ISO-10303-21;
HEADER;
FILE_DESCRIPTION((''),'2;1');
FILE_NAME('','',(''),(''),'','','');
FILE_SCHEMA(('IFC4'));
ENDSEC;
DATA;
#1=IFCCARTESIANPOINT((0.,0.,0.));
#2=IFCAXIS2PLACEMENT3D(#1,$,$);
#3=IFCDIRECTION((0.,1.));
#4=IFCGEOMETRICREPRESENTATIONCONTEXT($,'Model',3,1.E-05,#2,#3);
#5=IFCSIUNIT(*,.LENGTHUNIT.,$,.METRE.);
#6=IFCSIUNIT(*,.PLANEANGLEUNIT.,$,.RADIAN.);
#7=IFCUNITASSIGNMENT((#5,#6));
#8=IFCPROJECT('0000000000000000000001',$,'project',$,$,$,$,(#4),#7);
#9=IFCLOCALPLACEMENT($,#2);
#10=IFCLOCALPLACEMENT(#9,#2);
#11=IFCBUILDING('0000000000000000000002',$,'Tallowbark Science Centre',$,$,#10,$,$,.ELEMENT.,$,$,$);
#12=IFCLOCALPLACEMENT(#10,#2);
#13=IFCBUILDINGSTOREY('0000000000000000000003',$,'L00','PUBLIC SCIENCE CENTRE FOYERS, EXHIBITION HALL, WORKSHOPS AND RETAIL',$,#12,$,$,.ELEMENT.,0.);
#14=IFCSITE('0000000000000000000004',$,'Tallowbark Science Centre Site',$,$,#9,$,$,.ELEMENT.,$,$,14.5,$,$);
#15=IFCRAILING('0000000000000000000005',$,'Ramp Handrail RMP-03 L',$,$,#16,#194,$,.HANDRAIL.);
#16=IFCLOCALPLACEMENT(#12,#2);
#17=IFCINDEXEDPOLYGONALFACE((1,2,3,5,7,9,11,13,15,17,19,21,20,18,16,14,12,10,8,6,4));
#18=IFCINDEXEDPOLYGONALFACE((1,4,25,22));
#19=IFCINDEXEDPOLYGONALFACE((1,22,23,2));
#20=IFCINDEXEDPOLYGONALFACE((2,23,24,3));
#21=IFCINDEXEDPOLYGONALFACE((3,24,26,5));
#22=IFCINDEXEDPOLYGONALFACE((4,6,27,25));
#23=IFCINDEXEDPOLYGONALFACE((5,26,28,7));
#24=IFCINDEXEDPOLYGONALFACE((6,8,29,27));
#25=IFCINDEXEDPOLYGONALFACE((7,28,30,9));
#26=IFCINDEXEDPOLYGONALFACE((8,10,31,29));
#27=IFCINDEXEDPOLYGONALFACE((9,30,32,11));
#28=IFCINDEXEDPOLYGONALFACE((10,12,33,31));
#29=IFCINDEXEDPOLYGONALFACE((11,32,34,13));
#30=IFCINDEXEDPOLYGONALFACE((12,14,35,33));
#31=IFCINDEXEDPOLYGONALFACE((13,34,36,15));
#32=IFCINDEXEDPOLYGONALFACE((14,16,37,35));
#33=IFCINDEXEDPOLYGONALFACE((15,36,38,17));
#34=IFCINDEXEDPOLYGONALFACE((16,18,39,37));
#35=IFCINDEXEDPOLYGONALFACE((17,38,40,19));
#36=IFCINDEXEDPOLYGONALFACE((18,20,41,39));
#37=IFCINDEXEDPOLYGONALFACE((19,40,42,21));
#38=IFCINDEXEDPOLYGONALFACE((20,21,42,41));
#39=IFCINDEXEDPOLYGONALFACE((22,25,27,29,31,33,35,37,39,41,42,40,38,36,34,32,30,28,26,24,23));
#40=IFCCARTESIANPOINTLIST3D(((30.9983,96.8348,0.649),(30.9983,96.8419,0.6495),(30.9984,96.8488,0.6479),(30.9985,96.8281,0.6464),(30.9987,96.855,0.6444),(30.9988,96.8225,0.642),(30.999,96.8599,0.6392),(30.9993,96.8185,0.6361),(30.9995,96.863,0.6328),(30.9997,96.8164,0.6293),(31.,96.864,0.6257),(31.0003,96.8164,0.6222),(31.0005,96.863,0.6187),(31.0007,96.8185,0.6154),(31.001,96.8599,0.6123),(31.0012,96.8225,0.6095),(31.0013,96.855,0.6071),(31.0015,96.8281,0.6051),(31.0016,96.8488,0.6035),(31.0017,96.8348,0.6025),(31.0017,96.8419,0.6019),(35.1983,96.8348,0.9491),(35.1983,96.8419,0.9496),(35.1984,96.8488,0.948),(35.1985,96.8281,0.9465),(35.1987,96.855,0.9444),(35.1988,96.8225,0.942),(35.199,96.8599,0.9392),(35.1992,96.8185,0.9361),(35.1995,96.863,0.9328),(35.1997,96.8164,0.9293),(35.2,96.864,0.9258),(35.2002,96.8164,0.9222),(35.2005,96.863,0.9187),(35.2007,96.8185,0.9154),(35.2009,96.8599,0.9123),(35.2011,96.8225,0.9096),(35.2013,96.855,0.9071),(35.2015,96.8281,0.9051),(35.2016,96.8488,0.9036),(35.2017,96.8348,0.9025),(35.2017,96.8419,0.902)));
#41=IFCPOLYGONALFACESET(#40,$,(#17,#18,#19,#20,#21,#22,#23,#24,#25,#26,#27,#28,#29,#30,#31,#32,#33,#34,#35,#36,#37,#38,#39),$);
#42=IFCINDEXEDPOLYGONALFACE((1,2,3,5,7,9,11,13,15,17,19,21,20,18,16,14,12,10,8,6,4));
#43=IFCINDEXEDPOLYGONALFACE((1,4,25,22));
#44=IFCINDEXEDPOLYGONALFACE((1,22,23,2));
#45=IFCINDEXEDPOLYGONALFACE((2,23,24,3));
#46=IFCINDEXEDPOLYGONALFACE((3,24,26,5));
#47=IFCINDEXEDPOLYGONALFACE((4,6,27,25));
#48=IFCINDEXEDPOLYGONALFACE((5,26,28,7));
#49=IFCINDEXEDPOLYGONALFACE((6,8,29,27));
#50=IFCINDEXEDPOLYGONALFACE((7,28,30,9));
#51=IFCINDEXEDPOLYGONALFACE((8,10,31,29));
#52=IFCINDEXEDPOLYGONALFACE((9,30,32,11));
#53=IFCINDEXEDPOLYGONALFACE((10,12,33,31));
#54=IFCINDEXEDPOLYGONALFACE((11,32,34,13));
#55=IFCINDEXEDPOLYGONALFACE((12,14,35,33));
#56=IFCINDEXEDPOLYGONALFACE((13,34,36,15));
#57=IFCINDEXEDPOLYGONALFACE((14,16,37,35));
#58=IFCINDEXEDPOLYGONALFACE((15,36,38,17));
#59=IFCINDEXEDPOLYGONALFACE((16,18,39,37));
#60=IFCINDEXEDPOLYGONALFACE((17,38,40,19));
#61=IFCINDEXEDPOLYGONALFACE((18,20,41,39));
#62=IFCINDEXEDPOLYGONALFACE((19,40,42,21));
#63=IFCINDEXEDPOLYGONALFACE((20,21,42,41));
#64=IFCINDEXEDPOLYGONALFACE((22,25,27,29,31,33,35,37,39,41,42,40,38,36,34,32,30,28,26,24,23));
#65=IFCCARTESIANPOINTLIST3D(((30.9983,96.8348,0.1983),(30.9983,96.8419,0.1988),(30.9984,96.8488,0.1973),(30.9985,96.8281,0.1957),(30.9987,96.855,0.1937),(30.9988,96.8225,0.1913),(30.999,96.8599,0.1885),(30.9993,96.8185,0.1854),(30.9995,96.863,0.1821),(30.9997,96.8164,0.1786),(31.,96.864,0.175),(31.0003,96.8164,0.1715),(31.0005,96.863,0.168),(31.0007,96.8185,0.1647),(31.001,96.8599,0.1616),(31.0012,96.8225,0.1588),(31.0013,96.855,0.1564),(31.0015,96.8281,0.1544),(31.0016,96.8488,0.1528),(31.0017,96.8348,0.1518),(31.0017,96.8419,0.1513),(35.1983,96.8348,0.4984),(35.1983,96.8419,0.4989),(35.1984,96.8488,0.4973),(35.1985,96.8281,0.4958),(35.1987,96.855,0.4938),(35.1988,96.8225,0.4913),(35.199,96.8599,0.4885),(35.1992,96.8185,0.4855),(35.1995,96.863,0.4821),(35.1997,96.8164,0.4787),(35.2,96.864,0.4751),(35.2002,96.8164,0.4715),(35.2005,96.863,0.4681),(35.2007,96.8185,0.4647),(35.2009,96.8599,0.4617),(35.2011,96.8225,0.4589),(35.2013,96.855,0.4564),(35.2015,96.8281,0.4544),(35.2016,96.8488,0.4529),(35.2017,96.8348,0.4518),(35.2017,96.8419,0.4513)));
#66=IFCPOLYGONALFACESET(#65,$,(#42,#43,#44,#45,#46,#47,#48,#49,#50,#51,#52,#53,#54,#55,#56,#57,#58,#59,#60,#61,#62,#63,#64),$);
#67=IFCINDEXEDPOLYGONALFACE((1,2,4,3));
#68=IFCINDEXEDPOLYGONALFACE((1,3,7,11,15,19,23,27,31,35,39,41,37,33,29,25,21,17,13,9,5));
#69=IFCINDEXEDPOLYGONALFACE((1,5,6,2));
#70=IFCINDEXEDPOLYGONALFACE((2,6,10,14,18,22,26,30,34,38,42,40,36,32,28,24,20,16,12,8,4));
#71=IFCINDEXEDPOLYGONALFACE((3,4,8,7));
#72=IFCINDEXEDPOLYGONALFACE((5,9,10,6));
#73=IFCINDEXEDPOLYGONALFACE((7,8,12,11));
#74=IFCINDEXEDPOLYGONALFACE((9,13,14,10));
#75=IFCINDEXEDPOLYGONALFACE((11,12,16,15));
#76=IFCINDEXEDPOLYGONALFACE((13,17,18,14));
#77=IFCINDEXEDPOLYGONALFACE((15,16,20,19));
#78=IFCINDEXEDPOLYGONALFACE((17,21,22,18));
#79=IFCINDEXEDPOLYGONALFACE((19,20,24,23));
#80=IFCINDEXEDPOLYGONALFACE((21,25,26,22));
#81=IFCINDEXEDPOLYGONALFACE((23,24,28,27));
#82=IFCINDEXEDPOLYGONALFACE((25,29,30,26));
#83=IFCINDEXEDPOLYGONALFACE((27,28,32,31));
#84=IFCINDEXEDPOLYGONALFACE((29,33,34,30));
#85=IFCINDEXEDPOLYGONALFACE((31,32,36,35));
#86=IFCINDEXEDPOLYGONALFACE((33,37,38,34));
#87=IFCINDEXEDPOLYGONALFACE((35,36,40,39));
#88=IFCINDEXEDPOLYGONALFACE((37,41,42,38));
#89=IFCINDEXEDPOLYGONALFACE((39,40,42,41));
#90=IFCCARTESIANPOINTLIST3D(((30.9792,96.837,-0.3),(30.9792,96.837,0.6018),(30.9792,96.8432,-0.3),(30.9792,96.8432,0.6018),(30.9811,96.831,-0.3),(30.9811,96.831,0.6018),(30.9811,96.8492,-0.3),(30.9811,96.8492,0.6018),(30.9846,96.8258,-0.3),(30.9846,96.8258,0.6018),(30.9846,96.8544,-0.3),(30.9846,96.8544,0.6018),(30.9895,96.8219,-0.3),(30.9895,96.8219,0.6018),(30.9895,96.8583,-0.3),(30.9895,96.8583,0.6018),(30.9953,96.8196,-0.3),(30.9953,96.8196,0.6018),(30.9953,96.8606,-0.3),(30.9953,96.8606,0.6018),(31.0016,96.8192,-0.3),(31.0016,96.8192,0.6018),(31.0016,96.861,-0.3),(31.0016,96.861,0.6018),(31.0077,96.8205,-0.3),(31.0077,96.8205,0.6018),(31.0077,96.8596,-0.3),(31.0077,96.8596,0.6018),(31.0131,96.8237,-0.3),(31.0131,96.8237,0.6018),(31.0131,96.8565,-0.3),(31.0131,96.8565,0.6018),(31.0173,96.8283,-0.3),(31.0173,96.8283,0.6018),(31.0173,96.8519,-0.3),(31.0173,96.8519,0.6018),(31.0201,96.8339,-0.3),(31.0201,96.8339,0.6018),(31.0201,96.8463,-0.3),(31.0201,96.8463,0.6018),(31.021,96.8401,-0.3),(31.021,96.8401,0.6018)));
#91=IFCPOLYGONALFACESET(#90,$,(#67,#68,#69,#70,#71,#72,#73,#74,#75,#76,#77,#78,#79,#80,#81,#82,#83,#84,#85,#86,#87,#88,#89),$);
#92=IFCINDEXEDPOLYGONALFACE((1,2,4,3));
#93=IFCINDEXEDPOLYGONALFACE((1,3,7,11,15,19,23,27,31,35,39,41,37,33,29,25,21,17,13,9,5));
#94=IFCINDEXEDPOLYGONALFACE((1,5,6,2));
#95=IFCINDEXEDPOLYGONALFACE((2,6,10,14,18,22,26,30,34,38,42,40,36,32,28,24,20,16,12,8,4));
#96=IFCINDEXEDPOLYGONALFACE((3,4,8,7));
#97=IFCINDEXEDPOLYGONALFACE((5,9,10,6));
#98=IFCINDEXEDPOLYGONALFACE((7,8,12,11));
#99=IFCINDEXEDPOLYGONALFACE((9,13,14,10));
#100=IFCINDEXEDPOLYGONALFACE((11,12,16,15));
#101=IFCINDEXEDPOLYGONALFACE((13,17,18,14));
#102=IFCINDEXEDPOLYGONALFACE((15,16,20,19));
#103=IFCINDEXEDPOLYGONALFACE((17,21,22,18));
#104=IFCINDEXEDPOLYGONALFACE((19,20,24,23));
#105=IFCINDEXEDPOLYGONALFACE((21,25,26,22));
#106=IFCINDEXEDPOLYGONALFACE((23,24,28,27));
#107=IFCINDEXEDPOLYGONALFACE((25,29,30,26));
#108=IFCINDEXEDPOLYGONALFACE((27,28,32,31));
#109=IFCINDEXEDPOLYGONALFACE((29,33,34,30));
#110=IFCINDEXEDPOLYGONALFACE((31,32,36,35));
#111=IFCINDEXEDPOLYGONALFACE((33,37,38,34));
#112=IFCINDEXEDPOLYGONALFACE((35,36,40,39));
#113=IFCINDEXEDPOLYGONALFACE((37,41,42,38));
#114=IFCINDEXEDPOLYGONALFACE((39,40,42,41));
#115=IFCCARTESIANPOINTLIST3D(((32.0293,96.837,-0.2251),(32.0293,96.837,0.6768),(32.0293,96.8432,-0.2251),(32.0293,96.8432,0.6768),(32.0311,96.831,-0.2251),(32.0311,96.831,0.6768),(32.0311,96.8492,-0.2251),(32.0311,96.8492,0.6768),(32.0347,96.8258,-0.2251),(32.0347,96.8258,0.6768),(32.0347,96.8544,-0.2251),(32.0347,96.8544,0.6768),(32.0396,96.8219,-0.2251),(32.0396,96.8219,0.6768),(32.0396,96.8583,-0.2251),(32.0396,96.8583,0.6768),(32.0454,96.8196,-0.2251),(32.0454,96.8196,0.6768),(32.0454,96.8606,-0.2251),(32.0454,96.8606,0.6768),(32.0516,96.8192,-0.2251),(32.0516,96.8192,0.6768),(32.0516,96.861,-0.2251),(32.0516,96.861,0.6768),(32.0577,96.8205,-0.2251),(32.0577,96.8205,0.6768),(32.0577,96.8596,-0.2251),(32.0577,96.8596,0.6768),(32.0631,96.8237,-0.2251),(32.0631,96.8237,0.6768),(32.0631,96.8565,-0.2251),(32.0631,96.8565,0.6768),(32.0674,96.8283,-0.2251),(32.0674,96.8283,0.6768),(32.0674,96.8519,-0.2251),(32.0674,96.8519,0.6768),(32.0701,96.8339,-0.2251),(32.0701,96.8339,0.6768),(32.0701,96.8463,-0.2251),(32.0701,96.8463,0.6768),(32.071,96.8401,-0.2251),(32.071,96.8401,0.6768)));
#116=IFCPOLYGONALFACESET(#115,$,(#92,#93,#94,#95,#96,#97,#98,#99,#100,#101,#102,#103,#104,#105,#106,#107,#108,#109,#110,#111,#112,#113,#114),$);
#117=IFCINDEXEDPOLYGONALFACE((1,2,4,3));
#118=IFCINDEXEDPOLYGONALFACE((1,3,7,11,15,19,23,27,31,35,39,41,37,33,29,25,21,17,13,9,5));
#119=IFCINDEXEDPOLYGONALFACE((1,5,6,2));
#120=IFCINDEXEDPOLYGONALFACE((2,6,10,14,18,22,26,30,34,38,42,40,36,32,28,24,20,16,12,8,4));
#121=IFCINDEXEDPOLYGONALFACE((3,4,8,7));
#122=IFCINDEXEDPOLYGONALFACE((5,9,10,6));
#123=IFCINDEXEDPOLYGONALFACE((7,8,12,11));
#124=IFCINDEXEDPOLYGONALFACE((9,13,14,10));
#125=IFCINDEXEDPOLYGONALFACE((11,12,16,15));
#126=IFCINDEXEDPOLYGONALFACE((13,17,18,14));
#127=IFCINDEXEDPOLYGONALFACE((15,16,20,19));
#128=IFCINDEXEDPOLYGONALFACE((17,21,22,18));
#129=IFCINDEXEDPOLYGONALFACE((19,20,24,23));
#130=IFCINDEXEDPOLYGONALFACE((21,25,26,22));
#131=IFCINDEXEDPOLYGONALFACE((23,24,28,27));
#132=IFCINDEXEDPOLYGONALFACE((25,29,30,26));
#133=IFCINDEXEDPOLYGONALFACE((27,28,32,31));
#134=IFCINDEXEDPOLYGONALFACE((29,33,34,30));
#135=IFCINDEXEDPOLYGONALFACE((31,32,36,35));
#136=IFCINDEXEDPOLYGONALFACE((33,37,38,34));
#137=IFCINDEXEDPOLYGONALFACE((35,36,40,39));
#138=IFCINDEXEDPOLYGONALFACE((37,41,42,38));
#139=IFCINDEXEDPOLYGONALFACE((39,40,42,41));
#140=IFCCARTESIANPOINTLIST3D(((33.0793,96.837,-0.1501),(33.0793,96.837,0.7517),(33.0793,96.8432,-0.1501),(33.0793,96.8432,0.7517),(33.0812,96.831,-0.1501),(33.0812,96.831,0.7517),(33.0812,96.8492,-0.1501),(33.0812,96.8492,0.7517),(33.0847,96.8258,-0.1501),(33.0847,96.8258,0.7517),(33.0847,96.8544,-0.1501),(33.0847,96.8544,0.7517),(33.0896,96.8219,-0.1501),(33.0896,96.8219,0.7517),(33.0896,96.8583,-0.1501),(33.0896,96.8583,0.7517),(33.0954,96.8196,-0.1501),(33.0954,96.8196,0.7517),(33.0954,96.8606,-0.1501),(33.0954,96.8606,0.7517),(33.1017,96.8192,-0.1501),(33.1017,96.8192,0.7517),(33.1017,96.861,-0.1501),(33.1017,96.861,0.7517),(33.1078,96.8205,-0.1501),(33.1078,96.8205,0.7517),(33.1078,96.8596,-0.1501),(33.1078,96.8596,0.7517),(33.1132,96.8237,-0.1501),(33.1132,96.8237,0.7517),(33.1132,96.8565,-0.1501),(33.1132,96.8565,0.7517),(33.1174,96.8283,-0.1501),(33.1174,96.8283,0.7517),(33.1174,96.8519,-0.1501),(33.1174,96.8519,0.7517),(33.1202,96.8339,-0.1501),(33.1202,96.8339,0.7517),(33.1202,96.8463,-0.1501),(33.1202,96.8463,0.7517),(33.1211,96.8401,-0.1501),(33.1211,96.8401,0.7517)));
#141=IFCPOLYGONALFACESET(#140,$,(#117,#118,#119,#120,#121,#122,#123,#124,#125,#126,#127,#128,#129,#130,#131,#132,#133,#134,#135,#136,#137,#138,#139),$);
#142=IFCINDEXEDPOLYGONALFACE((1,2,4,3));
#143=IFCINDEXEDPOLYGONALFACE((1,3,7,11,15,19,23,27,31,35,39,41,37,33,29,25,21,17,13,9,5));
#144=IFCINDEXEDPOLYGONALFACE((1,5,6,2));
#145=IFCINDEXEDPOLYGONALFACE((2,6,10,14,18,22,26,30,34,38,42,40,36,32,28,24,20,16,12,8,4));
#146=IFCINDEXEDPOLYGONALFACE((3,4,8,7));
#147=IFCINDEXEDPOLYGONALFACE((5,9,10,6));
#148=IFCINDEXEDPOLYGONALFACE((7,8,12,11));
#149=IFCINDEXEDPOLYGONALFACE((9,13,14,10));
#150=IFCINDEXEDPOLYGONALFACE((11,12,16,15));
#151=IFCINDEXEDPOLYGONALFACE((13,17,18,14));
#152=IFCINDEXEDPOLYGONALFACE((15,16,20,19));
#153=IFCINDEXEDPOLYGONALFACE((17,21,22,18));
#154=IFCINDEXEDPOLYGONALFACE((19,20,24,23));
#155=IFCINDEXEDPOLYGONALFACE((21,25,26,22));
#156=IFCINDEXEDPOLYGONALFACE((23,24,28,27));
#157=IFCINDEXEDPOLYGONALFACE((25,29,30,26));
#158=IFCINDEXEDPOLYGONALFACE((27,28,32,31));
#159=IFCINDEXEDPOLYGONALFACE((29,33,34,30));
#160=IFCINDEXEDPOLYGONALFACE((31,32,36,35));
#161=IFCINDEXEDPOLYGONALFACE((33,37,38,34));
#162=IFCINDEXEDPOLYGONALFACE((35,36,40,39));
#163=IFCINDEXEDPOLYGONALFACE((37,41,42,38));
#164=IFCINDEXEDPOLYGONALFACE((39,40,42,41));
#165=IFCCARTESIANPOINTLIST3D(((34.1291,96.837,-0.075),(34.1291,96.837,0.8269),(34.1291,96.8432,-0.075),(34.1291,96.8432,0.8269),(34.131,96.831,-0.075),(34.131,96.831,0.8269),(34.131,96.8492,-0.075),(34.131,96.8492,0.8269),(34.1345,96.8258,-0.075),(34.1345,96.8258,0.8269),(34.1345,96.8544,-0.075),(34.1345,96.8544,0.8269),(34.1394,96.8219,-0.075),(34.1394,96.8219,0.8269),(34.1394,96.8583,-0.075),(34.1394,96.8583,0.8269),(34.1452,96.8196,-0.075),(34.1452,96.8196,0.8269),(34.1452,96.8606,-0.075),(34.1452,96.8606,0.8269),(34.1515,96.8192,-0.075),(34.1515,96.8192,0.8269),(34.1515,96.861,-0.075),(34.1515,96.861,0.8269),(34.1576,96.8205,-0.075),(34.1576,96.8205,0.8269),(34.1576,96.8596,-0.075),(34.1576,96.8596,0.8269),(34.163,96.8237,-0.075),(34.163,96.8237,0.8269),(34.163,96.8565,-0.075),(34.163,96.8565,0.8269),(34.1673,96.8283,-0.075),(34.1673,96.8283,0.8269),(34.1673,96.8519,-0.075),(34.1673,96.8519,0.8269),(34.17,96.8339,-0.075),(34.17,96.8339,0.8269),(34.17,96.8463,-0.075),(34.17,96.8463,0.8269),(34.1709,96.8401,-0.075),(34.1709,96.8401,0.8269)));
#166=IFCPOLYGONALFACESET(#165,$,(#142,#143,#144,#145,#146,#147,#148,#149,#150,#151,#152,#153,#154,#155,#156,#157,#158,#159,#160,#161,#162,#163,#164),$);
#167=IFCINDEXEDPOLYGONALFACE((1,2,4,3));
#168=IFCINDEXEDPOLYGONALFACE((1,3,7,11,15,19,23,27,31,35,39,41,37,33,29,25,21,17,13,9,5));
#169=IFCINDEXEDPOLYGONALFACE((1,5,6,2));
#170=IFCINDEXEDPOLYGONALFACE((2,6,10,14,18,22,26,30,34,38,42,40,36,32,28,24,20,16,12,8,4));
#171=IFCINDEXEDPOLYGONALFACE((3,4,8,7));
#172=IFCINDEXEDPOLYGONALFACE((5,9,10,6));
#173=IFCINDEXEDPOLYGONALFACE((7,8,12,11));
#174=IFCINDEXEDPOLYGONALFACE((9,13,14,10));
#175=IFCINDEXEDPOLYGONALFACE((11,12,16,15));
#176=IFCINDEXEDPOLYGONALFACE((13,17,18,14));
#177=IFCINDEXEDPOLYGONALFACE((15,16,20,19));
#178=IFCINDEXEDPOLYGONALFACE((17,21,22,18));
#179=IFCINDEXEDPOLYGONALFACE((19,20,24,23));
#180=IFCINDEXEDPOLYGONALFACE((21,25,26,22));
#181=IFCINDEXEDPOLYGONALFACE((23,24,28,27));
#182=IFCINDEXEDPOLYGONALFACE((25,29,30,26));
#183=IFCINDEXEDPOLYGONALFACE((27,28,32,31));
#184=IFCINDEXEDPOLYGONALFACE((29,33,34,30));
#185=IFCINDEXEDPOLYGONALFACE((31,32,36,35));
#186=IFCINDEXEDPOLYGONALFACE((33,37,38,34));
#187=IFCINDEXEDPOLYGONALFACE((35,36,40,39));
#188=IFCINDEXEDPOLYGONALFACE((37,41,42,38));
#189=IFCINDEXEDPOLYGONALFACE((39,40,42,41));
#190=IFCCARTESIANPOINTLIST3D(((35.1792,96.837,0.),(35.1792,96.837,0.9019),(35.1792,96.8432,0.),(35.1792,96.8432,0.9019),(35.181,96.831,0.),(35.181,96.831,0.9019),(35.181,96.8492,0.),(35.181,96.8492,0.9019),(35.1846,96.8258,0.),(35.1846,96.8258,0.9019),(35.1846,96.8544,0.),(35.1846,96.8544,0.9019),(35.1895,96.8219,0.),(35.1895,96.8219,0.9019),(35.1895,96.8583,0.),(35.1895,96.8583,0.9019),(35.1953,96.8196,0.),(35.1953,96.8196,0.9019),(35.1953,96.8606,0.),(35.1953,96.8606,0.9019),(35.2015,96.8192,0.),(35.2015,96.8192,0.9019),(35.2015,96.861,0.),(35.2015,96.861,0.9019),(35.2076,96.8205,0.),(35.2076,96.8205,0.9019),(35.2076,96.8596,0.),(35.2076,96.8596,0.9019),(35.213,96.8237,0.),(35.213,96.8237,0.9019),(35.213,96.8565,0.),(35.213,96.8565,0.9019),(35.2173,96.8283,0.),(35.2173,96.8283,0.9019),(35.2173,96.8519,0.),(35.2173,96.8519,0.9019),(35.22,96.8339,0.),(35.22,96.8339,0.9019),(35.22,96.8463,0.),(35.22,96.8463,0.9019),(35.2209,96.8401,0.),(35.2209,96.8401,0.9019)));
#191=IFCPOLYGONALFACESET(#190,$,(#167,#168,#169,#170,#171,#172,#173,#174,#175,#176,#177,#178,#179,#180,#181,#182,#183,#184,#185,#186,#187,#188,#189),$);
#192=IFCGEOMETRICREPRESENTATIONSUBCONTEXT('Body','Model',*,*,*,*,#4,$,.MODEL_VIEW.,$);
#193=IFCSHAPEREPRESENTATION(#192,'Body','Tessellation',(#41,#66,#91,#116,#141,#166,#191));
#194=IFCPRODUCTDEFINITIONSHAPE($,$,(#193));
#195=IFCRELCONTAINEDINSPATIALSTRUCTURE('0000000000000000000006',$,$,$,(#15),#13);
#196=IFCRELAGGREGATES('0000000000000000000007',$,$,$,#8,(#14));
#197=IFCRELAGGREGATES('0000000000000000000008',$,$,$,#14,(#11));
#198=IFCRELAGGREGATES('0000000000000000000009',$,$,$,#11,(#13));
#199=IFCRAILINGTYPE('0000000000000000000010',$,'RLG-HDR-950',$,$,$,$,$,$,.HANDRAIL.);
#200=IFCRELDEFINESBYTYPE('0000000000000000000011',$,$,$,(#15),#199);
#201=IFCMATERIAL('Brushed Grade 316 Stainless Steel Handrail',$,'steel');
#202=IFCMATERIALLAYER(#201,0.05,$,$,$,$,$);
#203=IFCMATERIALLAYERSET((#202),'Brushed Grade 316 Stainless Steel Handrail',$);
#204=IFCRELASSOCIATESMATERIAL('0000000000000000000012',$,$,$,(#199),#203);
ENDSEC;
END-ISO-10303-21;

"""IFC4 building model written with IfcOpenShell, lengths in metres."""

from ifc_helpers import new_model, si_unit, direction, frame, origin, origin_2d, place, context, subcontext, project, spatial, circle, extrude, material, layer, layer_set, type_object, element, save


model = new_model("IFC4")

# Units and contexts
model_context = context("Model", 3, precision=1e-05, world=origin(), true_north=direction((0.0, 1.0)))
body_context = subcontext(model_context, "Body", "Model", "MODEL_VIEW")
ifc_project = project(units=[si_unit("LENGTHUNIT", "METRE"), si_unit("PLANEANGLEUNIT", "RADIAN")], contexts=[model_context])

# Site, building, storey
site_placement = place(None, origin())
site = spatial("IfcSite", under=ifc_project, at=site_placement, Name="Tallowbark Science Centre Site", CompositionType="ELEMENT", RefElevation=14.5)
building_placement = place(site_placement, origin())
building = spatial("IfcBuilding", under=site, at=building_placement, Name="Tallowbark Science Centre", CompositionType="ELEMENT")
storey_placement = place(building_placement, origin())
storey = spatial("IfcBuildingStorey", under=building, at=storey_placement, Name="L00", Description="PUBLIC SCIENCE CENTRE FOYERS, EXHIBITION HALL, WORKSHOPS AND RETAIL", CompositionType="ELEMENT", Elevation=0.0)

# Railing
ifc_material_1 = material(Name="Brushed Grade 316 Stainless Steel Handrail", Category="steel")
ifc_layer_1 = layer(ifc_material_1, 0.05)
ifc_layer_set_1 = layer_set([ifc_layer_1], Name="Brushed Grade 316 Stainless Steel Handrail")
railing_type = type_object("IfcRailingType", Name="RLG-HDR-950", PredefinedType="HANDRAIL", material=ifc_layer_set_1)
for number, where, name in (
    (1, (31.0, 96.8401, -0.3), "Ramp Handrail RMP-03 L"),
):
    element("IfcRailing", number, at=place(storey_placement, frame(where)), inside=storey, type_object=railing_type, Name=name, PredefinedType="HANDRAIL", context=body_context, shape_type="SweptSolid", body=[
        extrude(circle(Radius=0.0239, at=origin_2d()), frame((0.0, 0.0, 0.9258), z_axis=(0.997458, 0.0, 0.071259), x_axis=(0.0, 1.0, 0.0)), (0.0, 0.0, 1.0), 4.2107),
        extrude(circle(Radius=0.0239, at=origin_2d()), frame((0.0, 0.0, 0.4751), z_axis=(0.997458, 0.0, 0.071259), x_axis=(0.0, 1.0, 0.0)), (0.0, 0.0, 1.0), 4.2107),
        extrude(circle(Radius=0.021, at=origin_2d()), origin(), (0.0, 0.0, 1.0), 0.9019),
        extrude(circle(Radius=0.021, at=origin_2d()), frame((1.05, 0.0, 0.075)), (0.0, 0.0, 1.0), 0.9019),
        extrude(circle(Radius=0.021, at=origin_2d()), frame((2.1001, 0.0, 0.1499)), (0.0, 0.0, 1.0), 0.9019),
        extrude(circle(Radius=0.021, at=origin_2d()), frame((3.1499, 0.0, 0.2251)), (0.0, 0.0, 1.0), 0.9019),
        extrude(circle(Radius=0.021, at=origin_2d()), frame((4.2, 0.0, 0.3)), (0.0, 0.0, 1.0), 0.9019),
    ])

save(model, "model.ifc")
